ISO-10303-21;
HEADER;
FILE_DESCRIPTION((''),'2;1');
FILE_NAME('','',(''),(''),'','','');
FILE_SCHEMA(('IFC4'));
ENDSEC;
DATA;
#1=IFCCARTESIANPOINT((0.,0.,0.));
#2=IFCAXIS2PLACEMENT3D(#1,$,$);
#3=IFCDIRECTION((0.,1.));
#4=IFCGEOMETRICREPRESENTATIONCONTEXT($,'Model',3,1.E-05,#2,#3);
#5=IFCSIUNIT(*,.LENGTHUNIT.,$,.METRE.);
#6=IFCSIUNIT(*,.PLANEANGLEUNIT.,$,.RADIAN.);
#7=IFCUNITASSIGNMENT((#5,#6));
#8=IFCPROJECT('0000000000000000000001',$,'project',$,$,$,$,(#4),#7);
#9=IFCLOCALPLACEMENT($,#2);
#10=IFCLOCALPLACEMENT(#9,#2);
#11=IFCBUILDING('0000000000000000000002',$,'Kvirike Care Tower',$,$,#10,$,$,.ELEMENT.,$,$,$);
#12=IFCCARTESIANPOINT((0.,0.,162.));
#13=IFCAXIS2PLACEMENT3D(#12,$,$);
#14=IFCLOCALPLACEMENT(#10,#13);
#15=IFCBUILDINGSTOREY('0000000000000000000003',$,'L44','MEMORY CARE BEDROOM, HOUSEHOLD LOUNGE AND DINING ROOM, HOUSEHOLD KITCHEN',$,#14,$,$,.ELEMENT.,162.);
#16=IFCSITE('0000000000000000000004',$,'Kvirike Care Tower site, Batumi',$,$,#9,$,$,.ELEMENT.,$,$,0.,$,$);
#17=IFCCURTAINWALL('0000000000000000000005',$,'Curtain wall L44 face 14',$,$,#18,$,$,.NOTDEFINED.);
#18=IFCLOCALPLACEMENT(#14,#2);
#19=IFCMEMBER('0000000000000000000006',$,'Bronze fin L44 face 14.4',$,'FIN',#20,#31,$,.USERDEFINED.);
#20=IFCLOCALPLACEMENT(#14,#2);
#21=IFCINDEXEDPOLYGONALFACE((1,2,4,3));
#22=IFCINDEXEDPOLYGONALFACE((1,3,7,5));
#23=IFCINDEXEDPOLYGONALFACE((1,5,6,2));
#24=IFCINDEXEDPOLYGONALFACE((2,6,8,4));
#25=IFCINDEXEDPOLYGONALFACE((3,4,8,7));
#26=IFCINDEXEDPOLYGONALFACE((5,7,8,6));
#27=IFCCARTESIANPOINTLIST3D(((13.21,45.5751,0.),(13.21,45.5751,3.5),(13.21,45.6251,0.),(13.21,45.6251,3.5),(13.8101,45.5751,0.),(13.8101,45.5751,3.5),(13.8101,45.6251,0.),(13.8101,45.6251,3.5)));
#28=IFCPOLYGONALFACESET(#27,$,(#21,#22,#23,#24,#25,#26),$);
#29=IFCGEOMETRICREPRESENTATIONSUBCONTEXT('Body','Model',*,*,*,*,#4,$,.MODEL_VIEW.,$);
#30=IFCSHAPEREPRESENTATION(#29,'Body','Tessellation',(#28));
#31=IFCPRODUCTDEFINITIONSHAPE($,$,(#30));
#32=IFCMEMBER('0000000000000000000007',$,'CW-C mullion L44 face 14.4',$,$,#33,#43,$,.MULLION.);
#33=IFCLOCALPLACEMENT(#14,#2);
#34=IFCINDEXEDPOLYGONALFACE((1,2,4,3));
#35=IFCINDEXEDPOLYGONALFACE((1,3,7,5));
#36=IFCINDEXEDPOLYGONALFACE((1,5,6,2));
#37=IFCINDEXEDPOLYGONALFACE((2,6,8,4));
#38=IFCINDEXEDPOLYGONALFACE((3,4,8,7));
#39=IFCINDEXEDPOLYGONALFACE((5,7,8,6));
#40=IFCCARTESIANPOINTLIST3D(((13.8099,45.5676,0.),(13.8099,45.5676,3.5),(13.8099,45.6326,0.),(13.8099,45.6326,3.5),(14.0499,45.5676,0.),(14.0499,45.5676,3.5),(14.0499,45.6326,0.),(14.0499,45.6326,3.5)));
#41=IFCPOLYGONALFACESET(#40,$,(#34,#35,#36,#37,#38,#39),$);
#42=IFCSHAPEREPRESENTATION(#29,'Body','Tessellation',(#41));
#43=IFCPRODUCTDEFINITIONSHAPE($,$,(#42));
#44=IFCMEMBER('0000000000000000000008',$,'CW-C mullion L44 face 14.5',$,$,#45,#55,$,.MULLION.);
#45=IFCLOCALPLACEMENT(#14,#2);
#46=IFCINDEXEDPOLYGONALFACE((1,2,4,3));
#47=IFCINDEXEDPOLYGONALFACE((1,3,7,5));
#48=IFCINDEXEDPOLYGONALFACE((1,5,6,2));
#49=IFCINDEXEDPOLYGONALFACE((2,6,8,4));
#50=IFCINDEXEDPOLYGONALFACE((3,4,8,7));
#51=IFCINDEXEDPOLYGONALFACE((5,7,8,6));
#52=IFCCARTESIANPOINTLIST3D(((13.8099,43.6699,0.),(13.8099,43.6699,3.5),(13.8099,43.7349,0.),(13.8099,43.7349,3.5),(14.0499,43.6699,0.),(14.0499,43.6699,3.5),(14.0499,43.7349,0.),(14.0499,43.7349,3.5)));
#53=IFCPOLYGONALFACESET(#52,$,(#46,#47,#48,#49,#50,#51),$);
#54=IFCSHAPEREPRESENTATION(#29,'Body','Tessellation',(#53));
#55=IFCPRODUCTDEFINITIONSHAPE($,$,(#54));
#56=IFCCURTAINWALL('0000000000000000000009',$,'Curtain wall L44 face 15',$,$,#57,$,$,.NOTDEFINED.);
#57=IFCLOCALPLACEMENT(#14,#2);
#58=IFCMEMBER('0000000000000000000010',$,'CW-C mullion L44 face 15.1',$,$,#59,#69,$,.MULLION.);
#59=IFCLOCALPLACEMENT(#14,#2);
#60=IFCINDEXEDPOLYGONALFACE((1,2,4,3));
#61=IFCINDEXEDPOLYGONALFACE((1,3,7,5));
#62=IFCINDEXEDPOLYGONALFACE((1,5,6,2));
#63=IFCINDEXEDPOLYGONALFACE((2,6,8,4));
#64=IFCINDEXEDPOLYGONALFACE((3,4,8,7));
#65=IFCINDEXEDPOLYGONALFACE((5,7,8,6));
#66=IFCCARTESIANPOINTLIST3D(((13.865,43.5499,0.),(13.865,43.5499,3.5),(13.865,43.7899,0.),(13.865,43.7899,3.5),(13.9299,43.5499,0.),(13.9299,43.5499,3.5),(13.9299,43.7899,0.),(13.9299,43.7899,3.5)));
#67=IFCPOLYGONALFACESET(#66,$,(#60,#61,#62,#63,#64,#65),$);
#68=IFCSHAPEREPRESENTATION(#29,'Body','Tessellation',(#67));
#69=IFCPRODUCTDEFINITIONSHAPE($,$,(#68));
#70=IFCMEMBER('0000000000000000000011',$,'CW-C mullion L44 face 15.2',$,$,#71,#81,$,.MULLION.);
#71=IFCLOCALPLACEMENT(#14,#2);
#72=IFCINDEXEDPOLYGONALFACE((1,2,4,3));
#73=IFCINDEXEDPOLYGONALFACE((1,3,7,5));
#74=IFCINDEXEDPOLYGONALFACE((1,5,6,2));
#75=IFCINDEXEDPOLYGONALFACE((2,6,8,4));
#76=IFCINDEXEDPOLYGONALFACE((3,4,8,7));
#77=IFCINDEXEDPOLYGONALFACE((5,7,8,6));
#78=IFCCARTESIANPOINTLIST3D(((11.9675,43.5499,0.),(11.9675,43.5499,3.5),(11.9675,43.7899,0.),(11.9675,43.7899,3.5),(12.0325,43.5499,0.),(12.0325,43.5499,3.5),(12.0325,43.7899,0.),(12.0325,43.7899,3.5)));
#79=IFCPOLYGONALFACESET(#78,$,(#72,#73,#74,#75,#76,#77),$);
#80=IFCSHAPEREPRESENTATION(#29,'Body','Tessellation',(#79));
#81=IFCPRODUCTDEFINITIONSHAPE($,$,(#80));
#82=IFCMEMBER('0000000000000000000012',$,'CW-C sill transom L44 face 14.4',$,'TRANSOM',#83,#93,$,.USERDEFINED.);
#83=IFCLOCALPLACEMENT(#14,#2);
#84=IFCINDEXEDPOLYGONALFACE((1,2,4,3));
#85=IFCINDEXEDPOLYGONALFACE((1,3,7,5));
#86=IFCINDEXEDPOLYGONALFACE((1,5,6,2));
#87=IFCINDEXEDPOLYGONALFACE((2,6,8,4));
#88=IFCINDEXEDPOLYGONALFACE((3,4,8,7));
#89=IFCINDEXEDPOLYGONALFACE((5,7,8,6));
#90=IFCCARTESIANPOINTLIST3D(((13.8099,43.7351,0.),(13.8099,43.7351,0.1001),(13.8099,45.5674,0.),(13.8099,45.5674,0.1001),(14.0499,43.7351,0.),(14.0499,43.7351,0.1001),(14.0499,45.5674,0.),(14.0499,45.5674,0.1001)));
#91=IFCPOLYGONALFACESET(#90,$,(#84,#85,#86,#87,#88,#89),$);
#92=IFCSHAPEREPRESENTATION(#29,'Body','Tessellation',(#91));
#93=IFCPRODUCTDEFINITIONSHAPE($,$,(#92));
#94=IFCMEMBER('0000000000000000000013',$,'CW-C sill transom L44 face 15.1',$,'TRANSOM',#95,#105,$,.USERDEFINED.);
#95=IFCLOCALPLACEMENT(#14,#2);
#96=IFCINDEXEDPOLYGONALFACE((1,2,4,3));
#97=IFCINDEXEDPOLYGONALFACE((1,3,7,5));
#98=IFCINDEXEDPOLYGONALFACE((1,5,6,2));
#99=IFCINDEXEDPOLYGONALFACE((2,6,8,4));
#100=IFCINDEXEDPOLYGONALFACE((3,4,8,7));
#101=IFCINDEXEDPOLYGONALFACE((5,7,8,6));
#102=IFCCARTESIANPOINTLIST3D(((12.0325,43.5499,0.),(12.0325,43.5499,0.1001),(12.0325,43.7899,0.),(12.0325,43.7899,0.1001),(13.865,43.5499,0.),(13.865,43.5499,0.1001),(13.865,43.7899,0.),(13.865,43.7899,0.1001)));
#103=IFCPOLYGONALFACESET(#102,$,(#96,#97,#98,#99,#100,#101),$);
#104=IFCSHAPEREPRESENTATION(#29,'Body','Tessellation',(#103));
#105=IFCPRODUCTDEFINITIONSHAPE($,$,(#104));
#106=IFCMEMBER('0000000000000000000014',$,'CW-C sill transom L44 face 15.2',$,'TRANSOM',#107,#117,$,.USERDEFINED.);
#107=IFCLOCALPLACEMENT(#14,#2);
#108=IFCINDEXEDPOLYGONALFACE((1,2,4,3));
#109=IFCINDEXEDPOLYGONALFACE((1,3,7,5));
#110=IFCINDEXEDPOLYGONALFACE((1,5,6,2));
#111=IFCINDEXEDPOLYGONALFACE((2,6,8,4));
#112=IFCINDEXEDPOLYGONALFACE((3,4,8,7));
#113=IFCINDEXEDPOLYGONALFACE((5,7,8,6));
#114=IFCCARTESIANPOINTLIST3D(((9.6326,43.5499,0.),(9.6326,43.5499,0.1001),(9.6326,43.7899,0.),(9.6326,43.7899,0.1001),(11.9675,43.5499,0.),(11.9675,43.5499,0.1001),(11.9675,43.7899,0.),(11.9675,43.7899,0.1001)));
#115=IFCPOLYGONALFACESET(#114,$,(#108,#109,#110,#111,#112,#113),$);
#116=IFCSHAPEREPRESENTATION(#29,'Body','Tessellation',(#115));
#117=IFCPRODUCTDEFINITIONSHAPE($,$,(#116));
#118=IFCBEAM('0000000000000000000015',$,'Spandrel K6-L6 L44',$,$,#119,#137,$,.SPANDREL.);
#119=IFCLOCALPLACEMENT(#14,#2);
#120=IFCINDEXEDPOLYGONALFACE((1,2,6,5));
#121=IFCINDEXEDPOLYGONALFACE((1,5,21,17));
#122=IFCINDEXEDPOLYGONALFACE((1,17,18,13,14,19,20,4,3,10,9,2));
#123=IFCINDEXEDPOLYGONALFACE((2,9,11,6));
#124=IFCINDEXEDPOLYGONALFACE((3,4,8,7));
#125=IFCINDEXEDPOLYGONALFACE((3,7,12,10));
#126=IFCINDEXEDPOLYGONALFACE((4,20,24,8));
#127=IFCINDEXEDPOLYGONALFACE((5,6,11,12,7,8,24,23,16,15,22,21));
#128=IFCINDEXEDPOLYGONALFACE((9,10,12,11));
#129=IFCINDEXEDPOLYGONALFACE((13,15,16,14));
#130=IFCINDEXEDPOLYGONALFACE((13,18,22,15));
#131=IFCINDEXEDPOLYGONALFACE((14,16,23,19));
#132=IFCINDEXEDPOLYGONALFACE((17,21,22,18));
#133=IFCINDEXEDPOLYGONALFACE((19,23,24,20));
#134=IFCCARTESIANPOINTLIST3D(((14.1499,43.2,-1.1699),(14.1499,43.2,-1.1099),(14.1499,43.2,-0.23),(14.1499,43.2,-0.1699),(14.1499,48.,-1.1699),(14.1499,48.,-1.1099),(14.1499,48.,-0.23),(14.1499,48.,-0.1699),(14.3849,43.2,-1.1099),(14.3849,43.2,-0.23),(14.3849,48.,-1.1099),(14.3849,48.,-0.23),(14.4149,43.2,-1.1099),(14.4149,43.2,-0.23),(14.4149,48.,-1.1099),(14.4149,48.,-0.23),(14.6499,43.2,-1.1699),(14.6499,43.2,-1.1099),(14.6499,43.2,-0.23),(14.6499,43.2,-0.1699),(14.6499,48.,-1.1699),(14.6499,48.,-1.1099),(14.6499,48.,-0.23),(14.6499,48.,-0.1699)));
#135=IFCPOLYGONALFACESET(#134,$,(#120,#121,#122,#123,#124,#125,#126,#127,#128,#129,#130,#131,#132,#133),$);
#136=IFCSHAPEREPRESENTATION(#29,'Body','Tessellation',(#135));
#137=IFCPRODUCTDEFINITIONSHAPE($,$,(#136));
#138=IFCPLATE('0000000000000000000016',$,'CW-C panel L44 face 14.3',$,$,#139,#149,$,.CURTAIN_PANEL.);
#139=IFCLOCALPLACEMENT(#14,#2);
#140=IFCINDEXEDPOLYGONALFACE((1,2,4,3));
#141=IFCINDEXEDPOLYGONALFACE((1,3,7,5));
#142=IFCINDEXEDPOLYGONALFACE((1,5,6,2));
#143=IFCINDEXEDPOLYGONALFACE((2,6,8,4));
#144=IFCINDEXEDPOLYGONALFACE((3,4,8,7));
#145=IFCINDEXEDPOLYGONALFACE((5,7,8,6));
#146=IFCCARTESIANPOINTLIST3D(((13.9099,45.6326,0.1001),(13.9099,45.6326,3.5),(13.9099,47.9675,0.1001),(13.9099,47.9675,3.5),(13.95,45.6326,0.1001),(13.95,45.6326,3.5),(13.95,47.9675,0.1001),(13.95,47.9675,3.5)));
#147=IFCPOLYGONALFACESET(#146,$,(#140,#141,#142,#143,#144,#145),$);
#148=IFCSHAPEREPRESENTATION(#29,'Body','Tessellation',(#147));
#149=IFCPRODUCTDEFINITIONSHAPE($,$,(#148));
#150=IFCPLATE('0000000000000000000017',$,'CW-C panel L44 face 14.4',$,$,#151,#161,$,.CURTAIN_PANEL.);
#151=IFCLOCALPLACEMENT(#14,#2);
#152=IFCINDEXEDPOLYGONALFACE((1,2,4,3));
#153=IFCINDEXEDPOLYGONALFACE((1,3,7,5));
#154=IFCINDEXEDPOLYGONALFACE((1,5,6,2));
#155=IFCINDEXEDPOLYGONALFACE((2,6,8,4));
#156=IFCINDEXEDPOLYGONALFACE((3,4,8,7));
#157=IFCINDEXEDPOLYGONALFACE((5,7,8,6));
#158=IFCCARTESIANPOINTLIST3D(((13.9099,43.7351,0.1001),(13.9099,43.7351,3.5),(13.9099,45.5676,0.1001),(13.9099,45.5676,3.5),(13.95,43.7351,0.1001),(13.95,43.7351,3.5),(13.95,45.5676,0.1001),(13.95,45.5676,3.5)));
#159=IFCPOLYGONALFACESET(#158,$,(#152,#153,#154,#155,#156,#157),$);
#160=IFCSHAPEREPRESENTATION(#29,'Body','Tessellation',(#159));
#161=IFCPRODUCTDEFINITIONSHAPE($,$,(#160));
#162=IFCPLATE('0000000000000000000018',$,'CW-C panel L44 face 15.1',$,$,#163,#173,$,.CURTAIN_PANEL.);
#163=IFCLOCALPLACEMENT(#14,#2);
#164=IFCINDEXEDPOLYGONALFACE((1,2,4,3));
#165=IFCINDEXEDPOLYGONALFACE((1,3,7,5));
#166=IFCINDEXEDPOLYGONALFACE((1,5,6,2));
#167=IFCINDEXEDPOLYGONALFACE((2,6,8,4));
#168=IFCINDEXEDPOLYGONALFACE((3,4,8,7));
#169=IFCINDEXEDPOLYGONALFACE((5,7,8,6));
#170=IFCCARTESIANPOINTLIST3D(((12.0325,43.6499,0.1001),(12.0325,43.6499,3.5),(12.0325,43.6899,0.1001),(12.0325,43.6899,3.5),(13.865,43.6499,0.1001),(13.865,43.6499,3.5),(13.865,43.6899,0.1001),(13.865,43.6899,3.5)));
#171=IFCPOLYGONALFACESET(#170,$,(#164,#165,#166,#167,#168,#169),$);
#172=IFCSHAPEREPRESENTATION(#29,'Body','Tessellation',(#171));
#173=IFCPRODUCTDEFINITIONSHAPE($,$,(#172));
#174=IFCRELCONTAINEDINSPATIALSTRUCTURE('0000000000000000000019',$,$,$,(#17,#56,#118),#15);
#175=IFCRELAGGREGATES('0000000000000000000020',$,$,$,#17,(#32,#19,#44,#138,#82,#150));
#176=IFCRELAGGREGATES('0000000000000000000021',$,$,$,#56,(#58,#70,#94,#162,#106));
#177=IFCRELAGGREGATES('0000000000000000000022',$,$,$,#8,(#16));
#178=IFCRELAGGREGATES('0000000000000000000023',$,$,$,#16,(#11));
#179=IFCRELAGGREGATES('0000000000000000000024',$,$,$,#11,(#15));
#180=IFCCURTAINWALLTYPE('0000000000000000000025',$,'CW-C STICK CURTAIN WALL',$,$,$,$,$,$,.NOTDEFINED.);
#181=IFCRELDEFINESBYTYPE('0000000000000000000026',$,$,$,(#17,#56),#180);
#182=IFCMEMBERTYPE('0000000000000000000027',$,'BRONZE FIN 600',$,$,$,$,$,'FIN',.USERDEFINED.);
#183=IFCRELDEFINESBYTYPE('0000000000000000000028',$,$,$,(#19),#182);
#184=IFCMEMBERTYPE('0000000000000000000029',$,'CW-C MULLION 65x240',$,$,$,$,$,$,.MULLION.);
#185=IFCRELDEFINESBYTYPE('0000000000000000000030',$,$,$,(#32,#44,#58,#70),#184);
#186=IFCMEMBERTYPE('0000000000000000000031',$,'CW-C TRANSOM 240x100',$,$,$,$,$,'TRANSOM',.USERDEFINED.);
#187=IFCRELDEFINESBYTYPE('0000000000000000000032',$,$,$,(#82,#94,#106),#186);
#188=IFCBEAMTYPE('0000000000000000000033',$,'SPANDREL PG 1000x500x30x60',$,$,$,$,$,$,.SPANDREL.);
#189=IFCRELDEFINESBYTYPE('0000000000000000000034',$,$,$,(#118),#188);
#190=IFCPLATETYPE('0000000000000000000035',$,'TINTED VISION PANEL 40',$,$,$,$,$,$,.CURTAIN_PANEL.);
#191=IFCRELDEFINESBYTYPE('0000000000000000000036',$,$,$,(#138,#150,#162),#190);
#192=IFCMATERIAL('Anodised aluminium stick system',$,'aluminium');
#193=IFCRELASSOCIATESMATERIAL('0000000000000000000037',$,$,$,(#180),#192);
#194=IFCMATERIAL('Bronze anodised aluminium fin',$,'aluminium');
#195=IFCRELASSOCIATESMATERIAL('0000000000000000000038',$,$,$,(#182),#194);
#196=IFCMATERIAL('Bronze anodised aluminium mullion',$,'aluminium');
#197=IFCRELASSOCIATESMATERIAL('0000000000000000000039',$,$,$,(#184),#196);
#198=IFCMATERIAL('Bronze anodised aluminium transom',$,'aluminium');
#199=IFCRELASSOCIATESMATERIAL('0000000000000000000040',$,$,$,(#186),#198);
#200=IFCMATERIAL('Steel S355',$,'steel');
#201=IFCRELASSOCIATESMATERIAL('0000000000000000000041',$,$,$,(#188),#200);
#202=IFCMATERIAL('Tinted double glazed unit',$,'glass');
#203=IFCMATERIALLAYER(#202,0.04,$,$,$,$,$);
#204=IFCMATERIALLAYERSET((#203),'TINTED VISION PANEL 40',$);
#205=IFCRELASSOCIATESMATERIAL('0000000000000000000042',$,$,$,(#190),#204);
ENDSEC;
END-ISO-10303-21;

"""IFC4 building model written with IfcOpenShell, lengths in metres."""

from ifc_helpers import new_model, si_unit, direction, frame, origin, origin_2d, place, context, subcontext, project, spatial, rectangle, i_section, extrude, material, layer, layer_set, material_profile, profile_set, type_object, element, aggregate, save


model = new_model("IFC4")

# Units and contexts
model_context = context("Model", 3, precision=1e-05, world=origin(), true_north=direction((0.0, 1.0)))
body_context = subcontext(model_context, "Body", "Model", "MODEL_VIEW")
ifc_project = project(units=[si_unit("LENGTHUNIT", "METRE"), si_unit("PLANEANGLEUNIT", "RADIAN")], contexts=[model_context])

# Site, building, storey
site_placement = place(None, origin())
site = spatial("IfcSite", under=ifc_project, at=site_placement, Name="Kvirike Care Tower site, Batumi", CompositionType="ELEMENT", RefElevation=0.0)
building_placement = place(site_placement, origin())
building = spatial("IfcBuilding", under=site, at=building_placement, Name="Kvirike Care Tower", CompositionType="ELEMENT")
storey_placement = place(building_placement, frame((0.0, 0.0, 162.0)))
storey = spatial("IfcBuildingStorey", under=building, at=storey_placement, Name="L44", Description="MEMORY CARE BEDROOM, HOUSEHOLD LOUNGE AND DINING ROOM, HOUSEHOLD KITCHEN", CompositionType="ELEMENT", Elevation=162.0)

# Curtain walls, members
ifc_material_1 = material(Name="Anodised aluminium stick system", Category="aluminium")
curtain_wall_type = type_object("IfcCurtainWallType", Name="CW-C STICK CURTAIN WALL", PredefinedType="NOTDEFINED", material=ifc_material_1)
curtain_wall_1_placement = place(storey_placement, origin())
curtain_wall_1 = element("IfcCurtainWall", 1, at=curtain_wall_1_placement, inside=storey, type_object=curtain_wall_type, Name="Curtain wall L44 face 14", PredefinedType="NOTDEFINED")
ifc_material_2 = material(Name="Bronze anodised aluminium fin", Category="aluminium")
ifc_material_profile_1 = material_profile(ifc_material_2, rectangle(XDim=0.05, YDim=0.6001, at=origin_2d()), Name="BRONZE FIN 600")
ifc_profile_set_1 = profile_set([ifc_material_profile_1], Name="Bronze anodised aluminium fin")
member_type_1 = type_object("IfcMemberType", Name="BRONZE FIN 600", ElementType="FIN", PredefinedType="USERDEFINED", material=ifc_profile_set_1)
member_1_placement = place(storey_placement, frame((13.51, 45.6001, 0.0), z_axis=(0.0, 0.0, 1.0), x_axis=(0.0, -1.0, 0.0)))
member_1 = element("IfcMember", 2, at=member_1_placement, type_object=member_type_1, Name="Bronze fin L44 face 14.4", ObjectType="FIN", PredefinedType="USERDEFINED", context=body_context, shape_type="SweptSolid", body=[
    extrude(rectangle(XDim=0.05, YDim=0.6001, at=origin_2d()), origin(), (0.0, 0.0, 1.0), 3.5),
])
ifc_material_3 = material(Name="Bronze anodised aluminium mullion", Category="aluminium")
ifc_material_profile_2 = material_profile(ifc_material_3, rectangle(XDim=0.0649, YDim=0.24, at=origin_2d()), Name="CW-C MULLION 65x240")
ifc_profile_set_2 = profile_set([ifc_material_profile_2], Name="Bronze anodised aluminium mullion")
member_type_2 = type_object("IfcMemberType", Name="CW-C MULLION 65x240", PredefinedType="MULLION", material=ifc_profile_set_2)
member_2_placement = place(storey_placement, frame((13.9299, 45.6001, 0.0), z_axis=(0.0, 0.0, 1.0), x_axis=(0.0, -1.0, 0.0)))
member_2 = element("IfcMember", 3, at=member_2_placement, type_object=member_type_2, Name="CW-C mullion L44 face 14.4", PredefinedType="MULLION", context=body_context, shape_type="SweptSolid", body=[
    extrude(rectangle(XDim=0.0649, YDim=0.24, at=origin_2d()), origin(), (0.0, 0.0, 1.0), 3.5),
])
member_3_placement = place(storey_placement, frame((13.9299, 43.7024, 0.0), z_axis=(0.0, 0.0, 1.0), x_axis=(0.0, -1.0, 0.0)))
member_3 = element("IfcMember", 4, at=member_3_placement, type_object=member_type_2, Name="CW-C mullion L44 face 14.5", PredefinedType="MULLION", context=body_context, shape_type="SweptSolid", body=[
    extrude(rectangle(XDim=0.0649, YDim=0.24, at=origin_2d()), origin(), (0.0, 0.0, 1.0), 3.5),
])
curtain_wall_2_placement = place(storey_placement, origin())
curtain_wall_2 = element("IfcCurtainWall", 5, at=curtain_wall_2_placement, inside=storey, type_object=curtain_wall_type, Name="Curtain wall L44 face 15", PredefinedType="NOTDEFINED")
member_4_placement = place(storey_placement, frame((13.8975, 43.6699, 0.0), z_axis=(0.0, 0.0, 1.0), x_axis=(-1.0, 0.0, 0.0)))
member_4 = element("IfcMember", 6, at=member_4_placement, type_object=member_type_2, Name="CW-C mullion L44 face 15.1", PredefinedType="MULLION", context=body_context, shape_type="SweptSolid", body=[
    extrude(rectangle(XDim=0.0649, YDim=0.24, at=origin_2d()), origin(), (0.0, 0.0, 1.0), 3.5),
])
member_5_placement = place(storey_placement, frame((12.0, 43.6699, 0.0), z_axis=(0.0, 0.0, 1.0), x_axis=(-1.0, 0.0, 0.0)))
member_5 = element("IfcMember", 7, at=member_5_placement, type_object=member_type_2, Name="CW-C mullion L44 face 15.2", PredefinedType="MULLION", context=body_context, shape_type="SweptSolid", body=[
    extrude(rectangle(XDim=0.0649, YDim=0.24, at=origin_2d()), origin(), (0.0, 0.0, 1.0), 3.5),
])

# Members
ifc_material_4 = material(Name="Bronze anodised aluminium transom", Category="aluminium")
ifc_material_profile_3 = material_profile(ifc_material_4, rectangle(XDim=0.24, YDim=0.1001, at=origin_2d()), Name="CW-C TRANSOM 240x100")
ifc_profile_set_3 = profile_set([ifc_material_profile_3], Name="Bronze anodised aluminium transom")
member_type_3 = type_object("IfcMemberType", Name="CW-C TRANSOM 240x100", ElementType="TRANSOM", PredefinedType="USERDEFINED", material=ifc_profile_set_3)
member_6_placement = place(storey_placement, frame((13.9299, 45.5674, 0.05), z_axis=(0.0, -1.0, 0.0), x_axis=(1.0, 0.0, 0.0)))
member_6 = element("IfcMember", 8, at=member_6_placement, type_object=member_type_3, Name="CW-C sill transom L44 face 14.4", ObjectType="TRANSOM", PredefinedType="USERDEFINED", context=body_context, shape_type="SweptSolid", body=[
    extrude(rectangle(XDim=0.24, YDim=0.1001, at=origin_2d()), origin(), (0.0, 0.0, 1.0), 1.8323),
])
member_7_placement = place(storey_placement, frame((13.865, 43.6699, 0.05), z_axis=(-1.0, 0.0, 0.0), x_axis=(0.0, -1.0, 0.0)))
member_7 = element("IfcMember", 9, at=member_7_placement, type_object=member_type_3, Name="CW-C sill transom L44 face 15.1", ObjectType="TRANSOM", PredefinedType="USERDEFINED", context=body_context, shape_type="SweptSolid", body=[
    extrude(rectangle(XDim=0.24, YDim=0.1001, at=origin_2d()), origin(), (0.0, 0.0, 1.0), 1.8325),
])
member_8_placement = place(storey_placement, frame((11.9675, 43.6699, 0.05), z_axis=(-1.0, 0.0, 0.0), x_axis=(0.0, -1.0, 0.0)))
member_8 = element("IfcMember", 10, at=member_8_placement, type_object=member_type_3, Name="CW-C sill transom L44 face 15.2", ObjectType="TRANSOM", PredefinedType="USERDEFINED", context=body_context, shape_type="SweptSolid", body=[
    extrude(rectangle(XDim=0.24, YDim=0.1001, at=origin_2d()), origin(), (0.0, 0.0, 1.0), 2.335),
])

# Beam
ifc_material_5 = material(Name="Steel S355", Category="steel")
ifc_material_profile_4 = material_profile(ifc_material_5, i_section(OverallWidth=0.5, OverallDepth=1.0, WebThickness=0.03, FlangeThickness=0.0601, at=origin_2d()), Name="PG 1000x500x30x60")
ifc_profile_set_4 = profile_set([ifc_material_profile_4], Name="Steel S355")
beam_type = type_object("IfcBeamType", Name="SPANDREL PG 1000x500x30x60", PredefinedType="SPANDREL", material=ifc_profile_set_4)
beam_placement = place(storey_placement, frame((14.3999, 43.2, -0.6699), z_axis=(0.0, 1.0, 0.0), x_axis=(-1.0, 0.0, 0.0)))
element("IfcBeam", 11, at=beam_placement, inside=storey, type_object=beam_type, Name="Spandrel K6-L6 L44", PredefinedType="SPANDREL", context=body_context, shape_type="SweptSolid", body=[
    extrude(i_section(OverallWidth=0.5, OverallDepth=1.0, WebThickness=0.03, FlangeThickness=0.0601, at=origin_2d()), origin(), (0.0, 0.0, 1.0), 4.8),
])

# Plates
ifc_material_6 = material(Name="Tinted double glazed unit", Category="glass")
ifc_layer_1 = layer(ifc_material_6, 0.04)
ifc_layer_set_1 = layer_set([ifc_layer_1], Name="TINTED VISION PANEL 40")
plate_type = type_object("IfcPlateType", Name="TINTED VISION PANEL 40", PredefinedType="CURTAIN_PANEL", material=ifc_layer_set_1)
plate_1_placement = place(storey_placement, frame((13.9299, 46.8, 0.1001), z_axis=(0.0, 0.0, 1.0), x_axis=(0.0, -1.0, 0.0)))
plate_1 = element("IfcPlate", 12, at=plate_1_placement, type_object=plate_type, Name="CW-C panel L44 face 14.3", PredefinedType="CURTAIN_PANEL", context=body_context, shape_type="SweptSolid", body=[
    extrude(rectangle(XDim=2.335, YDim=0.04, at=origin_2d()), origin(), (0.0, 0.0, 1.0), 3.3999),
])
plate_2_placement = place(storey_placement, frame((13.9299, 44.6514, 0.1001), z_axis=(0.0, 0.0, 1.0), x_axis=(0.0, -1.0, 0.0)))
plate_2 = element("IfcPlate", 13, at=plate_2_placement, type_object=plate_type, Name="CW-C panel L44 face 14.4", PredefinedType="CURTAIN_PANEL", context=body_context, shape_type="SweptSolid", body=[
    extrude(rectangle(XDim=1.8325, YDim=0.04, at=origin_2d()), origin(), (0.0, 0.0, 1.0), 3.3999),
])
aggregate(curtain_wall_1, [member_2, member_1, member_3, plate_1, member_6, plate_2])
plate_3_placement = place(storey_placement, frame((12.9487, 43.6699, 0.1001), z_axis=(0.0, 0.0, 1.0), x_axis=(-1.0, 0.0, 0.0)))
plate_3 = element("IfcPlate", 14, at=plate_3_placement, type_object=plate_type, Name="CW-C panel L44 face 15.1", PredefinedType="CURTAIN_PANEL", context=body_context, shape_type="SweptSolid", body=[
    extrude(rectangle(XDim=1.8325, YDim=0.04, at=origin_2d()), origin(), (0.0, 0.0, 1.0), 3.3999),
])
aggregate(curtain_wall_2, [member_4, member_5, member_7, plate_3, member_8])

save(model, "model.ifc")
